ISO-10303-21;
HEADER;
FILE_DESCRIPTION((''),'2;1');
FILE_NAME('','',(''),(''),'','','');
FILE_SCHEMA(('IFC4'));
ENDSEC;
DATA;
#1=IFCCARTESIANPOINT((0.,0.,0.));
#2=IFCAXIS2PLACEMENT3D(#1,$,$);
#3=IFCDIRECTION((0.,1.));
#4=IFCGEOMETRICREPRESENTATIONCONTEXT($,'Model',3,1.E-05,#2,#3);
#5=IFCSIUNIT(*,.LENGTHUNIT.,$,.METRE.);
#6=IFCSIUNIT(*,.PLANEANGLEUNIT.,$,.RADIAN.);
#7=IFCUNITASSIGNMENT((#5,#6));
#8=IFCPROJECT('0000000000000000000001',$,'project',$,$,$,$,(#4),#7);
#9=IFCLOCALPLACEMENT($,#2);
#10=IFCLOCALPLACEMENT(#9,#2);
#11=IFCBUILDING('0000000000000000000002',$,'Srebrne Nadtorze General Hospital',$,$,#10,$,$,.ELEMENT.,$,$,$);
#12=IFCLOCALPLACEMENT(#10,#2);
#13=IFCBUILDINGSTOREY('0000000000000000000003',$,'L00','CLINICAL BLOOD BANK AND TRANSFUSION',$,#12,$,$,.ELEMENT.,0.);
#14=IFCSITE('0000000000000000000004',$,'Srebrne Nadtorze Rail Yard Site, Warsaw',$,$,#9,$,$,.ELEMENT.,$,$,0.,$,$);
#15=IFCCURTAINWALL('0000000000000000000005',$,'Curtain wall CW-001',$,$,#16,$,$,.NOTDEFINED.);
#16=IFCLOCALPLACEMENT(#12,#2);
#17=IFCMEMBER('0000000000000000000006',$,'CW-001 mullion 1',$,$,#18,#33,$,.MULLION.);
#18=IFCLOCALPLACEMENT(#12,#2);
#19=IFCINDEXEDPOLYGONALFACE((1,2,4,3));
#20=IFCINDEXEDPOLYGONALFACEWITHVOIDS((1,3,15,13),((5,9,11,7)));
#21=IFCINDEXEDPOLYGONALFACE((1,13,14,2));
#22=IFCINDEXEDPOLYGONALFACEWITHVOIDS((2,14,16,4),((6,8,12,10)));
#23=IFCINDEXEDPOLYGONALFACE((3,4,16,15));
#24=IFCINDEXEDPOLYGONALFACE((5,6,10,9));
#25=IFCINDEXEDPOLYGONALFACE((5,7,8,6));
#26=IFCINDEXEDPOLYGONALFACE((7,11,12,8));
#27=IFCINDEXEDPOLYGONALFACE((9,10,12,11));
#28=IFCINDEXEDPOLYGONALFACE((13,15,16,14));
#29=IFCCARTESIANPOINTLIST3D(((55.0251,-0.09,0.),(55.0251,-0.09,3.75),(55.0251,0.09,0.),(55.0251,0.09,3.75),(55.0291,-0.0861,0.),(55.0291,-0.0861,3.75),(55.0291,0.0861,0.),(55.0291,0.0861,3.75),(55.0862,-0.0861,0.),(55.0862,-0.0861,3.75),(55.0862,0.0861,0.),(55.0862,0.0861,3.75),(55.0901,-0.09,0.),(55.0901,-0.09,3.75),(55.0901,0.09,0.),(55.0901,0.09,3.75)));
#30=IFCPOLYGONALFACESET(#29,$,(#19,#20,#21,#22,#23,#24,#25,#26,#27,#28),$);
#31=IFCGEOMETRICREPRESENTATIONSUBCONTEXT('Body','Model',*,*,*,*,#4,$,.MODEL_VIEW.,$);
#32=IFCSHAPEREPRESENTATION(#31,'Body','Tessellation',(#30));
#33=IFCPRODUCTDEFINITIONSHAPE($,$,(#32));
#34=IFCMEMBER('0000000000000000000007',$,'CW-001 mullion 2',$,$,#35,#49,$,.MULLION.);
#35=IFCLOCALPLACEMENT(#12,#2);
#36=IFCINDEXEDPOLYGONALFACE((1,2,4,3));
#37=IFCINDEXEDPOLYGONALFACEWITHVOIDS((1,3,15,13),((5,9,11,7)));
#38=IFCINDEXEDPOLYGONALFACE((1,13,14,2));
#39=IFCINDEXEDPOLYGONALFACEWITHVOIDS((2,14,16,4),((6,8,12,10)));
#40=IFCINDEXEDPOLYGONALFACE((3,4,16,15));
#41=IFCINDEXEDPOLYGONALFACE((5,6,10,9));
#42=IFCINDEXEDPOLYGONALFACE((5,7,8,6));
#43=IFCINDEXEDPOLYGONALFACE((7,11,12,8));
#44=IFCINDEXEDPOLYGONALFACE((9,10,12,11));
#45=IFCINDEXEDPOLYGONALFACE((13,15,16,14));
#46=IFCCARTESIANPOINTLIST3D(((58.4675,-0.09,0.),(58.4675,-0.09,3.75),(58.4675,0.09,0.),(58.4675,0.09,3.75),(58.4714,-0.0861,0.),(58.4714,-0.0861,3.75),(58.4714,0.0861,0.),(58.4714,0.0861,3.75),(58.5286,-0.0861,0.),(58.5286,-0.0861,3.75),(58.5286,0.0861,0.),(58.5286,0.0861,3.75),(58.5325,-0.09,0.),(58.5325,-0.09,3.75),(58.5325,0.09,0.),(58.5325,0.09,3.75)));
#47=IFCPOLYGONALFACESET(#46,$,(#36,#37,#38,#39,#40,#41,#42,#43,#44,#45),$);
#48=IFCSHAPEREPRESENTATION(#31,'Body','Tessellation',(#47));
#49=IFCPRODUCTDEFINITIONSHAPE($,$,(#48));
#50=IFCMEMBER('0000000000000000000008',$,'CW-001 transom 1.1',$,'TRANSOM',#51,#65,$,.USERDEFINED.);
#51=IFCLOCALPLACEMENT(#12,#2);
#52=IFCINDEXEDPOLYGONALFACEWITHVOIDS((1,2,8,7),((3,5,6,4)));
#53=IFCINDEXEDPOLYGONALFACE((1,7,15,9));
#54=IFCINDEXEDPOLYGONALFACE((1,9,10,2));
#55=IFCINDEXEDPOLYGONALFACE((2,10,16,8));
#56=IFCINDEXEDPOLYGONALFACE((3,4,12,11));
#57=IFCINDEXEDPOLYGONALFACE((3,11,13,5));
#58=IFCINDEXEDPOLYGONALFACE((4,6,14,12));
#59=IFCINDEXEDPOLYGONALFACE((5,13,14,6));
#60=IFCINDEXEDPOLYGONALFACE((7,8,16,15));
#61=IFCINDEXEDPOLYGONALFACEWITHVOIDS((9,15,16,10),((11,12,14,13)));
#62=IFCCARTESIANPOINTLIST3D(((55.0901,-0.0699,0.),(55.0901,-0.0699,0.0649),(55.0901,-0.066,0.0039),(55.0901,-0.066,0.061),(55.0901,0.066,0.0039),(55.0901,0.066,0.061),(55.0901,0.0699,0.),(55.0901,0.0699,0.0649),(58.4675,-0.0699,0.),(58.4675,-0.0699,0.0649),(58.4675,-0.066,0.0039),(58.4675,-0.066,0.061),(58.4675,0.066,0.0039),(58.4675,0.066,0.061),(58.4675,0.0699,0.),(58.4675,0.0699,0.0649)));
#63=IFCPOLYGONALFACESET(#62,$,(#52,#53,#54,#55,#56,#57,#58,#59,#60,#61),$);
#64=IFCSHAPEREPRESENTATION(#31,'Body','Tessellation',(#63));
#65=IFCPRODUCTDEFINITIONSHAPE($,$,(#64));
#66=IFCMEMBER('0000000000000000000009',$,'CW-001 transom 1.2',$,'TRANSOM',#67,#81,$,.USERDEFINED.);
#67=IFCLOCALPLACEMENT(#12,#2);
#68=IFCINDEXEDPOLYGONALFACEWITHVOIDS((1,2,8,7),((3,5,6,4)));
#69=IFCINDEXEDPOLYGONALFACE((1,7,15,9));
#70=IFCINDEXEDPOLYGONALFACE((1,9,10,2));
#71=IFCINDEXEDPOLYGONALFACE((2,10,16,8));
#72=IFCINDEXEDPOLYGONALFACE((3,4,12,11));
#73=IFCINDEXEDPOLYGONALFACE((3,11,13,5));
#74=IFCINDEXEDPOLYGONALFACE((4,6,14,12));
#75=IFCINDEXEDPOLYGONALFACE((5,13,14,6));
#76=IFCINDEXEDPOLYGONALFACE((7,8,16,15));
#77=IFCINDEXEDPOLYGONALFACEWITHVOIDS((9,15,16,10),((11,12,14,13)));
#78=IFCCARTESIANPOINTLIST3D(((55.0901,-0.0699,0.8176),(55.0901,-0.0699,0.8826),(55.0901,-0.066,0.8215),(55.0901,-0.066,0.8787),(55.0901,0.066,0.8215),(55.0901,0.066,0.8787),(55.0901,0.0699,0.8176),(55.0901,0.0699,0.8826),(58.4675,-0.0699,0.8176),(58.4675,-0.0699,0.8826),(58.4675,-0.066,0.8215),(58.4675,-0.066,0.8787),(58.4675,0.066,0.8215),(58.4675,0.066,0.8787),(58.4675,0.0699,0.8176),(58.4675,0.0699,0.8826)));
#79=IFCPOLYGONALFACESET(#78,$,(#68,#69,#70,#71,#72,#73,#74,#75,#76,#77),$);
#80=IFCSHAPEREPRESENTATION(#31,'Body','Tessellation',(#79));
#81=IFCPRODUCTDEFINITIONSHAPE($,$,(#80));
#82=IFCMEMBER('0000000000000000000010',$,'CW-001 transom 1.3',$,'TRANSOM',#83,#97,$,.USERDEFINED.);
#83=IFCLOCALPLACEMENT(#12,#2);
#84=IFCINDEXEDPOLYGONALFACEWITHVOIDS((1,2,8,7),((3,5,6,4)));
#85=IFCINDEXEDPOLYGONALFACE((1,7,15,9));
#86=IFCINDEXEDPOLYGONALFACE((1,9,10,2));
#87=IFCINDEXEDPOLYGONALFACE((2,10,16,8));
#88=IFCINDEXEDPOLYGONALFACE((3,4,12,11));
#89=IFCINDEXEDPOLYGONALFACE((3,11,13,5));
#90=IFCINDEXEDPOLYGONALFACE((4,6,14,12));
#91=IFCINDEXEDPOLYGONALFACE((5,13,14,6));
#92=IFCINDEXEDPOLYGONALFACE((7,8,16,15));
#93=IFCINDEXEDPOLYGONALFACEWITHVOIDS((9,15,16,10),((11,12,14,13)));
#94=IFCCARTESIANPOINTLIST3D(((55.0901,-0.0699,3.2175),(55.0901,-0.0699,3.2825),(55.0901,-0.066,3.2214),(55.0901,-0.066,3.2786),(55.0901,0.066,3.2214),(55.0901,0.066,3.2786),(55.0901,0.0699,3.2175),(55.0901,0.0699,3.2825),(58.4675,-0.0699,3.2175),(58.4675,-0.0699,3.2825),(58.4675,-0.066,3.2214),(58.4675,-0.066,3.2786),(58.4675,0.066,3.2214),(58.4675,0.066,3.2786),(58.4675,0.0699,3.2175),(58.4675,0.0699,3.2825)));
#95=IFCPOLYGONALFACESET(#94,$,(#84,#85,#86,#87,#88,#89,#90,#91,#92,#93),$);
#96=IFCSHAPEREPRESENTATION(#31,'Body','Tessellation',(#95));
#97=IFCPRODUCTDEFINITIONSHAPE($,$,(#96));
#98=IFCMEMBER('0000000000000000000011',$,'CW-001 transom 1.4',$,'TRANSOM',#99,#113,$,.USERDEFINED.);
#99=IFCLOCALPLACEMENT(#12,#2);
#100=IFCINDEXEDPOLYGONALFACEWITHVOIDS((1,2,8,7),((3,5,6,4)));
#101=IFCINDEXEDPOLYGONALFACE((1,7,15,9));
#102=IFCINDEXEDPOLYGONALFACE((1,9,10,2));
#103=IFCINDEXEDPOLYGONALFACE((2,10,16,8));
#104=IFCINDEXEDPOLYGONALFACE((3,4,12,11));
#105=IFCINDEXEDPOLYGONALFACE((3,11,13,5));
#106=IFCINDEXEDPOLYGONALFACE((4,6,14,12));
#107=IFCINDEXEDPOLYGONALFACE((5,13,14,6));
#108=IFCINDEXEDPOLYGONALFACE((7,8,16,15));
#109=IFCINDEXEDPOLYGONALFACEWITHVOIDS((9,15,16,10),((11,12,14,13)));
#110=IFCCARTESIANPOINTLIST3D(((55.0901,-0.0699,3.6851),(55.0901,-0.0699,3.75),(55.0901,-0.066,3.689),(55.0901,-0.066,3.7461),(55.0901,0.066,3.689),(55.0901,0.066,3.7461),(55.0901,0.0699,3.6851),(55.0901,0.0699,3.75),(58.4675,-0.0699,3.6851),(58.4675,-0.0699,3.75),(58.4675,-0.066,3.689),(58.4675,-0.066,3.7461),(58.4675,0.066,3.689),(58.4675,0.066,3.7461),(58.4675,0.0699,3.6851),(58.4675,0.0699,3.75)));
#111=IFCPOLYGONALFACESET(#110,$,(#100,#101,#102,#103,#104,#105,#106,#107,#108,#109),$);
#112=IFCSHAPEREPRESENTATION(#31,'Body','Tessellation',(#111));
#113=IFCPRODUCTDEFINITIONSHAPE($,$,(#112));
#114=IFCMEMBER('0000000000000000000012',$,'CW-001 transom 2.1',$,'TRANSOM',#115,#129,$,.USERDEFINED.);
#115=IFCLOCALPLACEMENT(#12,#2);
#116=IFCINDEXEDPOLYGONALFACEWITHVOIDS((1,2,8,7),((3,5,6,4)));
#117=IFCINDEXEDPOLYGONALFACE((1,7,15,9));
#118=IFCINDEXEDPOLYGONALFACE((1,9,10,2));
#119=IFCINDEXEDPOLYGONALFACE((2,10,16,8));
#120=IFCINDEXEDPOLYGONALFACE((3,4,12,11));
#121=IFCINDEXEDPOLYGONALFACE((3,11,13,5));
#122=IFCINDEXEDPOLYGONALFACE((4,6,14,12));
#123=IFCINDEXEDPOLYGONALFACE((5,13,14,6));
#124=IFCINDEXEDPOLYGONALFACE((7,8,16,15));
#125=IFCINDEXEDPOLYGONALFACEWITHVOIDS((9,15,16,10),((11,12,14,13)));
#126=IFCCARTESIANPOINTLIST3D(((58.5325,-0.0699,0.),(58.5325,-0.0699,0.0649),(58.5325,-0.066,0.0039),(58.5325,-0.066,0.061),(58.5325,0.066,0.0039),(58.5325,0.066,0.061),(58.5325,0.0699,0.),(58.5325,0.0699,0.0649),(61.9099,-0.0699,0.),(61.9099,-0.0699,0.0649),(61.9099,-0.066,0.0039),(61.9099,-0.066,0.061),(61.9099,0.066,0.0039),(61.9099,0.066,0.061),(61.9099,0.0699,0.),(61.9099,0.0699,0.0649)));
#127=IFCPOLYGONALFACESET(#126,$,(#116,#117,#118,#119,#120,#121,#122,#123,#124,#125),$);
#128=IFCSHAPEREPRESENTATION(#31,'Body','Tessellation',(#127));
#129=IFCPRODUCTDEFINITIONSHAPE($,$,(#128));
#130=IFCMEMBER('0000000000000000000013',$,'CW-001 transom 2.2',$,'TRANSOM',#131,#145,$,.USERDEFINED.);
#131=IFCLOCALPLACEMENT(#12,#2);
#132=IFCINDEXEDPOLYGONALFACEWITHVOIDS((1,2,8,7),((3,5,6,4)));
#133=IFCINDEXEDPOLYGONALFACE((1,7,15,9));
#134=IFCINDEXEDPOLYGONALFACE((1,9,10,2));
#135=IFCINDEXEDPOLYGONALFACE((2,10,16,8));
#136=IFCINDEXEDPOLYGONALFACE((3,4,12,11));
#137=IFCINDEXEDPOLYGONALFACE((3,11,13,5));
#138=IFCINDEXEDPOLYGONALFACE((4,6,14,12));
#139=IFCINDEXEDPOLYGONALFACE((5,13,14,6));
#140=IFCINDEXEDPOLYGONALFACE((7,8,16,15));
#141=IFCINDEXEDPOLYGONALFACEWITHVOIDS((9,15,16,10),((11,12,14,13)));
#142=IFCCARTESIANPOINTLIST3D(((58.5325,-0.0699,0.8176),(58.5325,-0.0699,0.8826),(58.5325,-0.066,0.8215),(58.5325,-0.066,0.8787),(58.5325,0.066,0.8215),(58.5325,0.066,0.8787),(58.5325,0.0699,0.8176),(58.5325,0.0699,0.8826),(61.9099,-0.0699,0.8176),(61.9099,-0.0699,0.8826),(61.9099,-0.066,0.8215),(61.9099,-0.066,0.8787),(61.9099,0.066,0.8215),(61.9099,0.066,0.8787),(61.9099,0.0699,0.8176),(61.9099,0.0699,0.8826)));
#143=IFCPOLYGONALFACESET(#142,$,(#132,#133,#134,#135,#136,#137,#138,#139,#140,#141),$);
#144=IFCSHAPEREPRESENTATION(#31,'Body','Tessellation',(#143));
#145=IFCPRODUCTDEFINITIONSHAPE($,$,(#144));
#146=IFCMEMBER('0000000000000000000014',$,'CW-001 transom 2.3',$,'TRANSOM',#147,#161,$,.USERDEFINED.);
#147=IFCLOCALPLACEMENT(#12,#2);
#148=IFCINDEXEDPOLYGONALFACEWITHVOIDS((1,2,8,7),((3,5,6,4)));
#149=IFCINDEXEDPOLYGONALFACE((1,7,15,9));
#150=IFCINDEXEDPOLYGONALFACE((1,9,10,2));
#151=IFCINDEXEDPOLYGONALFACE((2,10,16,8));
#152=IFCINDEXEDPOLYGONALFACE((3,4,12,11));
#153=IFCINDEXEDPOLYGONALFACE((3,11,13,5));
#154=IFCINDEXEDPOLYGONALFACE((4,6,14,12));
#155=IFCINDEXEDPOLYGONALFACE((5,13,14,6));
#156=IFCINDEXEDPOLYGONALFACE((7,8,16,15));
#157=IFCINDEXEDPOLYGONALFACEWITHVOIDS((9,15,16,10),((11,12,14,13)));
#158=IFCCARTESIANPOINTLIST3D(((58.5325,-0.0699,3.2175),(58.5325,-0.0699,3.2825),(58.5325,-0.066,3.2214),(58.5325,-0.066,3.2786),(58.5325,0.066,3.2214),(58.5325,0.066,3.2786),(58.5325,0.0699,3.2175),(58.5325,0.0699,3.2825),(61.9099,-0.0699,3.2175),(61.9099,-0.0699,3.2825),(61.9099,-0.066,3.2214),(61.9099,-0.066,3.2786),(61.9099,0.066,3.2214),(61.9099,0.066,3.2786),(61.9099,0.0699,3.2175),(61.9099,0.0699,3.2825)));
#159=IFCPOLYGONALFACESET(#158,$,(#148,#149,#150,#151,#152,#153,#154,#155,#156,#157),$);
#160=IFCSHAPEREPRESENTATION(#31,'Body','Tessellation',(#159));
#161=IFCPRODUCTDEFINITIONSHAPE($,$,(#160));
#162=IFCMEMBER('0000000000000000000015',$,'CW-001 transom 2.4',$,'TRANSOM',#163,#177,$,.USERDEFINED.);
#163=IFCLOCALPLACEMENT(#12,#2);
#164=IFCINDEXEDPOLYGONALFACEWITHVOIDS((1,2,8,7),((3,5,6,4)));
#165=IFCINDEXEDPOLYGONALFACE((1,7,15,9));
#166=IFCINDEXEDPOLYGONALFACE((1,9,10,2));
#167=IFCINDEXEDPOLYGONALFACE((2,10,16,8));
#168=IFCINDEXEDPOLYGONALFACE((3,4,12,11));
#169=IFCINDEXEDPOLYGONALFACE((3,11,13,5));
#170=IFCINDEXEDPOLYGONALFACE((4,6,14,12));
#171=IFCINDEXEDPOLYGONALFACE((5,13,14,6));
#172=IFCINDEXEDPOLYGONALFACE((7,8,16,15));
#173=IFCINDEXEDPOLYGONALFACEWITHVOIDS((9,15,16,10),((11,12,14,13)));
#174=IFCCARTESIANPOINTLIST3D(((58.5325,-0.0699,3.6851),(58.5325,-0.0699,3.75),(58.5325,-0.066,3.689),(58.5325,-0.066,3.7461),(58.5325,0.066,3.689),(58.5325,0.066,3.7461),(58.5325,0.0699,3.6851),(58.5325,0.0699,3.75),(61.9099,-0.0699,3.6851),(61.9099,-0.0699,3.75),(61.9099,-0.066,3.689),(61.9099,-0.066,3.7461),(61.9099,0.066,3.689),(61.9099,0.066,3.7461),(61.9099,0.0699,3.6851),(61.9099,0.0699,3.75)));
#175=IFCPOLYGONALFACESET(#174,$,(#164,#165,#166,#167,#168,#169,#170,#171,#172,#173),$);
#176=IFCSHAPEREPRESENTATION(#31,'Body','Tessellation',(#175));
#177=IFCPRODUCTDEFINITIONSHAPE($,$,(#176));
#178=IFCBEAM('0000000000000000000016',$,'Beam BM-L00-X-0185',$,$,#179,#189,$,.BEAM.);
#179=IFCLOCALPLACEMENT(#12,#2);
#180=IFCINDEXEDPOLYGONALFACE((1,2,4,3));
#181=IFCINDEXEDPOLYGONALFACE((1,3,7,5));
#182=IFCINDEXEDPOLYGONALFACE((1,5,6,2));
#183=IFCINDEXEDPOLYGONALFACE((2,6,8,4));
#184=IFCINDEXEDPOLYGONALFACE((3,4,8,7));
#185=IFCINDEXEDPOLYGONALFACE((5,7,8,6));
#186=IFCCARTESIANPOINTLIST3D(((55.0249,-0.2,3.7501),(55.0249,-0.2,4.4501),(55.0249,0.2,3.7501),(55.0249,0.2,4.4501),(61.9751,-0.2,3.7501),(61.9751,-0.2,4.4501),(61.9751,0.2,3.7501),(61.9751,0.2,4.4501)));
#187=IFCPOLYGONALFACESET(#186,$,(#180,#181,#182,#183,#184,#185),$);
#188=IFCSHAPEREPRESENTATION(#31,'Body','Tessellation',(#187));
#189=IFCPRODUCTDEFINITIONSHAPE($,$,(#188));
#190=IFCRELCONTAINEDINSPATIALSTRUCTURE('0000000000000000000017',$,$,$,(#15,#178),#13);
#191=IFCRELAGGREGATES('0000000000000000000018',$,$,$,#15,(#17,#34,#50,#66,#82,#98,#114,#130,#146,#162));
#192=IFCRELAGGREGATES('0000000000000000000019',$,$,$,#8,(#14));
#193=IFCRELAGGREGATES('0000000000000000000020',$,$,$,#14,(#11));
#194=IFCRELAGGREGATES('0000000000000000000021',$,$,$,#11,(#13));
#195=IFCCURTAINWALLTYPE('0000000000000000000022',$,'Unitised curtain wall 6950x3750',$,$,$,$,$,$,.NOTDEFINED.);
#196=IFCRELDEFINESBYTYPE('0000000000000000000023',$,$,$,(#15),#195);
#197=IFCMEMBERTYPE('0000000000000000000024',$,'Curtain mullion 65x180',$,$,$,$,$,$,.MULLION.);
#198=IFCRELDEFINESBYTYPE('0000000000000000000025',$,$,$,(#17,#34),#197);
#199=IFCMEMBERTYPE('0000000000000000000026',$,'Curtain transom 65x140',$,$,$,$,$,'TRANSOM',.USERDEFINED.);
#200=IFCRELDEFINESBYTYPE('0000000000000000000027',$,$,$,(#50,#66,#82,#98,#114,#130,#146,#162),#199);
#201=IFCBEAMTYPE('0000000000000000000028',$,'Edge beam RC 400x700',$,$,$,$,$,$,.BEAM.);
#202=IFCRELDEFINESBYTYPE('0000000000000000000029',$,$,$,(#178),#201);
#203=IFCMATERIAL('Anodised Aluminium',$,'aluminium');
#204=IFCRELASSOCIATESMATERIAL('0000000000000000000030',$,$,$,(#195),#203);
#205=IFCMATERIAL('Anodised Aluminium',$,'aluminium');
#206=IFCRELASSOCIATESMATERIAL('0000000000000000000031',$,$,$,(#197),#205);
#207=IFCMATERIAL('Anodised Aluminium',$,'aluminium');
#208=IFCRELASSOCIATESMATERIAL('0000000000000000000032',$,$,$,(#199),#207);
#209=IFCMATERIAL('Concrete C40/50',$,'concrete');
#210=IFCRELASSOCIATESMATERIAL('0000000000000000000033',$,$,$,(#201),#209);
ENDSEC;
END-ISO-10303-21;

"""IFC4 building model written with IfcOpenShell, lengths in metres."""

from ifc_helpers import new_model, si_unit, direction, frame, origin, origin_2d, place, context, subcontext, project, spatial, rectangle, hollow_rectangle, extrude, material, material_profile, profile_set, type_object, element, aggregate, save


model = new_model("IFC4")

# Units and contexts
model_context = context("Model", 3, precision=1e-05, world=origin(), true_north=direction((0.0, 1.0)))
body_context = subcontext(model_context, "Body", "Model", "MODEL_VIEW")
ifc_project = project(units=[si_unit("LENGTHUNIT", "METRE"), si_unit("PLANEANGLEUNIT", "RADIAN")], contexts=[model_context])

# Site, building, storey
site_placement = place(None, origin())
site = spatial("IfcSite", under=ifc_project, at=site_placement, Name="Srebrne Nadtorze Rail Yard Site, Warsaw", CompositionType="ELEMENT", RefElevation=0.0)
building_placement = place(site_placement, origin())
building = spatial("IfcBuilding", under=site, at=building_placement, Name="Srebrne Nadtorze General Hospital", CompositionType="ELEMENT")
storey_placement = place(building_placement, origin())
storey = spatial("IfcBuildingStorey", under=building, at=storey_placement, Name="L00", Description="CLINICAL BLOOD BANK AND TRANSFUSION", CompositionType="ELEMENT", Elevation=0.0)

# Curtain wall, members
ifc_material_1 = material(Name="Anodised Aluminium", Category="aluminium")
curtain_wall_type = type_object("IfcCurtainWallType", Name="Unitised curtain wall 6950x3750", PredefinedType="NOTDEFINED", material=ifc_material_1)
curtain_wall_placement = place(storey_placement, origin())
curtain_wall = element("IfcCurtainWall", 1, at=curtain_wall_placement, inside=storey, type_object=curtain_wall_type, Name="Curtain wall CW-001", PredefinedType="NOTDEFINED")
ifc_material_2 = material(Name="Anodised Aluminium", Category="aluminium")
ifc_material_profile_1 = material_profile(ifc_material_2, hollow_rectangle(XDim=0.0649, YDim=0.1799, WallThickness=0.0039, at=origin_2d()), Name="AL-MUL-65x180")
ifc_profile_set_1 = profile_set([ifc_material_profile_1], Name="Anodised Aluminium")
member_type_1 = type_object("IfcMemberType", Name="Curtain mullion 65x180", PredefinedType="MULLION", material=ifc_profile_set_1)
member_1_placement = place(storey_placement, frame((55.0576, 0.0, 0.0), z_axis=(0.0, 0.0, 1.0), x_axis=(1.0, 0.0, 0.0)))
member_1 = element("IfcMember", 2, at=member_1_placement, type_object=member_type_1, Name="CW-001 mullion 1", PredefinedType="MULLION", context=body_context, shape_type="SweptSolid", body=[
    extrude(hollow_rectangle(XDim=0.0649, YDim=0.1799, WallThickness=0.0039, at=origin_2d()), origin(), (0.0, 0.0, 1.0), 3.75),
])
member_2_placement = place(storey_placement, frame((58.5, 0.0, 0.0), z_axis=(0.0, 0.0, 1.0), x_axis=(1.0, 0.0, 0.0)))
member_2 = element("IfcMember", 3, at=member_2_placement, type_object=member_type_1, Name="CW-001 mullion 2", PredefinedType="MULLION", context=body_context, shape_type="SweptSolid", body=[
    extrude(hollow_rectangle(XDim=0.0649, YDim=0.1799, WallThickness=0.0039, at=origin_2d()), origin(), (0.0, 0.0, 1.0), 3.75),
])
ifc_material_3 = material(Name="Anodised Aluminium", Category="aluminium")
ifc_material_profile_2 = material_profile(ifc_material_3, hollow_rectangle(XDim=0.0649, YDim=0.1399, WallThickness=0.0039, at=origin_2d()), Name="AL-TRN-65x140")
ifc_profile_set_2 = profile_set([ifc_material_profile_2], Name="Anodised Aluminium")
member_type_2 = type_object("IfcMemberType", Name="Curtain transom 65x140", ElementType="TRANSOM", PredefinedType="USERDEFINED", material=ifc_profile_set_2)
member_3_placement = place(storey_placement, frame((55.0901, 0.0, 0.0325), z_axis=(1.0, 0.0, 0.0), x_axis=(0.0, 0.0, 1.0)))
member_3 = element("IfcMember", 4, at=member_3_placement, type_object=member_type_2, Name="CW-001 transom 1.1", ObjectType="TRANSOM", PredefinedType="USERDEFINED", context=body_context, shape_type="SweptSolid", body=[
    extrude(hollow_rectangle(XDim=0.0649, YDim=0.1399, WallThickness=0.0039, at=origin_2d()), origin(), (0.0, 0.0, 1.0), 3.3774),
])
member_4_placement = place(storey_placement, frame((55.0901, 0.0, 0.8501), z_axis=(1.0, 0.0, 0.0), x_axis=(0.0, 0.0, 1.0)))
member_4 = element("IfcMember", 5, at=member_4_placement, type_object=member_type_2, Name="CW-001 transom 1.2", ObjectType="TRANSOM", PredefinedType="USERDEFINED", context=body_context, shape_type="SweptSolid", body=[
    extrude(hollow_rectangle(XDim=0.0649, YDim=0.1399, WallThickness=0.0039, at=origin_2d()), origin(), (0.0, 0.0, 1.0), 3.3774),
])
member_5_placement = place(storey_placement, frame((55.0901, 0.0, 3.25), z_axis=(1.0, 0.0, 0.0), x_axis=(0.0, 0.0, 1.0)))
member_5 = element("IfcMember", 6, at=member_5_placement, type_object=member_type_2, Name="CW-001 transom 1.3", ObjectType="TRANSOM", PredefinedType="USERDEFINED", context=body_context, shape_type="SweptSolid", body=[
    extrude(hollow_rectangle(XDim=0.0649, YDim=0.1399, WallThickness=0.0039, at=origin_2d()), origin(), (0.0, 0.0, 1.0), 3.3774),
])
member_6_placement = place(storey_placement, frame((55.0901, 0.0, 3.7175), z_axis=(1.0, 0.0, 0.0), x_axis=(0.0, 0.0, 1.0)))
member_6 = element("IfcMember", 7, at=member_6_placement, type_object=member_type_2, Name="CW-001 transom 1.4", ObjectType="TRANSOM", PredefinedType="USERDEFINED", context=body_context, shape_type="SweptSolid", body=[
    extrude(hollow_rectangle(XDim=0.0649, YDim=0.1399, WallThickness=0.0039, at=origin_2d()), origin(), (0.0, 0.0, 1.0), 3.3774),
])
member_7_placement = place(storey_placement, frame((58.5325, 0.0, 0.0325), z_axis=(1.0, 0.0, 0.0), x_axis=(0.0, 0.0, 1.0)))
member_7 = element("IfcMember", 8, at=member_7_placement, type_object=member_type_2, Name="CW-001 transom 2.1", ObjectType="TRANSOM", PredefinedType="USERDEFINED", context=body_context, shape_type="SweptSolid", body=[
    extrude(hollow_rectangle(XDim=0.0649, YDim=0.1399, WallThickness=0.0039, at=origin_2d()), origin(), (0.0, 0.0, 1.0), 3.3774),
])
member_8_placement = place(storey_placement, frame((58.5325, 0.0, 0.8501), z_axis=(1.0, 0.0, 0.0), x_axis=(0.0, 0.0, 1.0)))
member_8 = element("IfcMember", 9, at=member_8_placement, type_object=member_type_2, Name="CW-001 transom 2.2", ObjectType="TRANSOM", PredefinedType="USERDEFINED", context=body_context, shape_type="SweptSolid", body=[
    extrude(hollow_rectangle(XDim=0.0649, YDim=0.1399, WallThickness=0.0039, at=origin_2d()), origin(), (0.0, 0.0, 1.0), 3.3774),
])
member_9_placement = place(storey_placement, frame((58.5325, 0.0, 3.25), z_axis=(1.0, 0.0, 0.0), x_axis=(0.0, 0.0, 1.0)))
member_9 = element("IfcMember", 10, at=member_9_placement, type_object=member_type_2, Name="CW-001 transom 2.3", ObjectType="TRANSOM", PredefinedType="USERDEFINED", context=body_context, shape_type="SweptSolid", body=[
    extrude(hollow_rectangle(XDim=0.0649, YDim=0.1399, WallThickness=0.0039, at=origin_2d()), origin(), (0.0, 0.0, 1.0), 3.3774),
])
member_10_placement = place(storey_placement, frame((58.5325, 0.0, 3.7175), z_axis=(1.0, 0.0, 0.0), x_axis=(0.0, 0.0, 1.0)))
member_10 = element("IfcMember", 11, at=member_10_placement, type_object=member_type_2, Name="CW-001 transom 2.4", ObjectType="TRANSOM", PredefinedType="USERDEFINED", context=body_context, shape_type="SweptSolid", body=[
    extrude(hollow_rectangle(XDim=0.0649, YDim=0.1399, WallThickness=0.0039, at=origin_2d()), origin(), (0.0, 0.0, 1.0), 3.3774),
])

# Beam
ifc_material_4 = material(Name="Concrete C40/50", Category="concrete")
ifc_material_profile_3 = material_profile(ifc_material_4, rectangle(XDim=0.3999, YDim=0.7, at=origin_2d()), Name="RC-BM-400x700")
ifc_profile_set_3 = profile_set([ifc_material_profile_3], Name="Concrete C40/50")
beam_type_1 = type_object("IfcBeamType", Name="Edge beam RC 400x700", PredefinedType="BEAM", material=ifc_profile_set_3)
beam_1_placement = place(storey_placement, frame((55.0249, 0.0, 4.1001), z_axis=(1.0, 0.0, 0.0), x_axis=(0.0, 1.0, 0.0)))
element("IfcBeam", 12, at=beam_1_placement, inside=storey, type_object=beam_type_1, Name="Beam BM-L00-X-0185", PredefinedType="BEAM", context=body_context, shape_type="SweptSolid", body=[
    extrude(rectangle(XDim=0.3999, YDim=0.7, at=origin_2d()), origin(), (0.0, 0.0, 1.0), 6.9502),
])

aggregate(curtain_wall, [member_1, member_2, member_3, member_4, member_5, member_6, member_7, member_8, member_9, member_10])

save(model, "model.ifc")
